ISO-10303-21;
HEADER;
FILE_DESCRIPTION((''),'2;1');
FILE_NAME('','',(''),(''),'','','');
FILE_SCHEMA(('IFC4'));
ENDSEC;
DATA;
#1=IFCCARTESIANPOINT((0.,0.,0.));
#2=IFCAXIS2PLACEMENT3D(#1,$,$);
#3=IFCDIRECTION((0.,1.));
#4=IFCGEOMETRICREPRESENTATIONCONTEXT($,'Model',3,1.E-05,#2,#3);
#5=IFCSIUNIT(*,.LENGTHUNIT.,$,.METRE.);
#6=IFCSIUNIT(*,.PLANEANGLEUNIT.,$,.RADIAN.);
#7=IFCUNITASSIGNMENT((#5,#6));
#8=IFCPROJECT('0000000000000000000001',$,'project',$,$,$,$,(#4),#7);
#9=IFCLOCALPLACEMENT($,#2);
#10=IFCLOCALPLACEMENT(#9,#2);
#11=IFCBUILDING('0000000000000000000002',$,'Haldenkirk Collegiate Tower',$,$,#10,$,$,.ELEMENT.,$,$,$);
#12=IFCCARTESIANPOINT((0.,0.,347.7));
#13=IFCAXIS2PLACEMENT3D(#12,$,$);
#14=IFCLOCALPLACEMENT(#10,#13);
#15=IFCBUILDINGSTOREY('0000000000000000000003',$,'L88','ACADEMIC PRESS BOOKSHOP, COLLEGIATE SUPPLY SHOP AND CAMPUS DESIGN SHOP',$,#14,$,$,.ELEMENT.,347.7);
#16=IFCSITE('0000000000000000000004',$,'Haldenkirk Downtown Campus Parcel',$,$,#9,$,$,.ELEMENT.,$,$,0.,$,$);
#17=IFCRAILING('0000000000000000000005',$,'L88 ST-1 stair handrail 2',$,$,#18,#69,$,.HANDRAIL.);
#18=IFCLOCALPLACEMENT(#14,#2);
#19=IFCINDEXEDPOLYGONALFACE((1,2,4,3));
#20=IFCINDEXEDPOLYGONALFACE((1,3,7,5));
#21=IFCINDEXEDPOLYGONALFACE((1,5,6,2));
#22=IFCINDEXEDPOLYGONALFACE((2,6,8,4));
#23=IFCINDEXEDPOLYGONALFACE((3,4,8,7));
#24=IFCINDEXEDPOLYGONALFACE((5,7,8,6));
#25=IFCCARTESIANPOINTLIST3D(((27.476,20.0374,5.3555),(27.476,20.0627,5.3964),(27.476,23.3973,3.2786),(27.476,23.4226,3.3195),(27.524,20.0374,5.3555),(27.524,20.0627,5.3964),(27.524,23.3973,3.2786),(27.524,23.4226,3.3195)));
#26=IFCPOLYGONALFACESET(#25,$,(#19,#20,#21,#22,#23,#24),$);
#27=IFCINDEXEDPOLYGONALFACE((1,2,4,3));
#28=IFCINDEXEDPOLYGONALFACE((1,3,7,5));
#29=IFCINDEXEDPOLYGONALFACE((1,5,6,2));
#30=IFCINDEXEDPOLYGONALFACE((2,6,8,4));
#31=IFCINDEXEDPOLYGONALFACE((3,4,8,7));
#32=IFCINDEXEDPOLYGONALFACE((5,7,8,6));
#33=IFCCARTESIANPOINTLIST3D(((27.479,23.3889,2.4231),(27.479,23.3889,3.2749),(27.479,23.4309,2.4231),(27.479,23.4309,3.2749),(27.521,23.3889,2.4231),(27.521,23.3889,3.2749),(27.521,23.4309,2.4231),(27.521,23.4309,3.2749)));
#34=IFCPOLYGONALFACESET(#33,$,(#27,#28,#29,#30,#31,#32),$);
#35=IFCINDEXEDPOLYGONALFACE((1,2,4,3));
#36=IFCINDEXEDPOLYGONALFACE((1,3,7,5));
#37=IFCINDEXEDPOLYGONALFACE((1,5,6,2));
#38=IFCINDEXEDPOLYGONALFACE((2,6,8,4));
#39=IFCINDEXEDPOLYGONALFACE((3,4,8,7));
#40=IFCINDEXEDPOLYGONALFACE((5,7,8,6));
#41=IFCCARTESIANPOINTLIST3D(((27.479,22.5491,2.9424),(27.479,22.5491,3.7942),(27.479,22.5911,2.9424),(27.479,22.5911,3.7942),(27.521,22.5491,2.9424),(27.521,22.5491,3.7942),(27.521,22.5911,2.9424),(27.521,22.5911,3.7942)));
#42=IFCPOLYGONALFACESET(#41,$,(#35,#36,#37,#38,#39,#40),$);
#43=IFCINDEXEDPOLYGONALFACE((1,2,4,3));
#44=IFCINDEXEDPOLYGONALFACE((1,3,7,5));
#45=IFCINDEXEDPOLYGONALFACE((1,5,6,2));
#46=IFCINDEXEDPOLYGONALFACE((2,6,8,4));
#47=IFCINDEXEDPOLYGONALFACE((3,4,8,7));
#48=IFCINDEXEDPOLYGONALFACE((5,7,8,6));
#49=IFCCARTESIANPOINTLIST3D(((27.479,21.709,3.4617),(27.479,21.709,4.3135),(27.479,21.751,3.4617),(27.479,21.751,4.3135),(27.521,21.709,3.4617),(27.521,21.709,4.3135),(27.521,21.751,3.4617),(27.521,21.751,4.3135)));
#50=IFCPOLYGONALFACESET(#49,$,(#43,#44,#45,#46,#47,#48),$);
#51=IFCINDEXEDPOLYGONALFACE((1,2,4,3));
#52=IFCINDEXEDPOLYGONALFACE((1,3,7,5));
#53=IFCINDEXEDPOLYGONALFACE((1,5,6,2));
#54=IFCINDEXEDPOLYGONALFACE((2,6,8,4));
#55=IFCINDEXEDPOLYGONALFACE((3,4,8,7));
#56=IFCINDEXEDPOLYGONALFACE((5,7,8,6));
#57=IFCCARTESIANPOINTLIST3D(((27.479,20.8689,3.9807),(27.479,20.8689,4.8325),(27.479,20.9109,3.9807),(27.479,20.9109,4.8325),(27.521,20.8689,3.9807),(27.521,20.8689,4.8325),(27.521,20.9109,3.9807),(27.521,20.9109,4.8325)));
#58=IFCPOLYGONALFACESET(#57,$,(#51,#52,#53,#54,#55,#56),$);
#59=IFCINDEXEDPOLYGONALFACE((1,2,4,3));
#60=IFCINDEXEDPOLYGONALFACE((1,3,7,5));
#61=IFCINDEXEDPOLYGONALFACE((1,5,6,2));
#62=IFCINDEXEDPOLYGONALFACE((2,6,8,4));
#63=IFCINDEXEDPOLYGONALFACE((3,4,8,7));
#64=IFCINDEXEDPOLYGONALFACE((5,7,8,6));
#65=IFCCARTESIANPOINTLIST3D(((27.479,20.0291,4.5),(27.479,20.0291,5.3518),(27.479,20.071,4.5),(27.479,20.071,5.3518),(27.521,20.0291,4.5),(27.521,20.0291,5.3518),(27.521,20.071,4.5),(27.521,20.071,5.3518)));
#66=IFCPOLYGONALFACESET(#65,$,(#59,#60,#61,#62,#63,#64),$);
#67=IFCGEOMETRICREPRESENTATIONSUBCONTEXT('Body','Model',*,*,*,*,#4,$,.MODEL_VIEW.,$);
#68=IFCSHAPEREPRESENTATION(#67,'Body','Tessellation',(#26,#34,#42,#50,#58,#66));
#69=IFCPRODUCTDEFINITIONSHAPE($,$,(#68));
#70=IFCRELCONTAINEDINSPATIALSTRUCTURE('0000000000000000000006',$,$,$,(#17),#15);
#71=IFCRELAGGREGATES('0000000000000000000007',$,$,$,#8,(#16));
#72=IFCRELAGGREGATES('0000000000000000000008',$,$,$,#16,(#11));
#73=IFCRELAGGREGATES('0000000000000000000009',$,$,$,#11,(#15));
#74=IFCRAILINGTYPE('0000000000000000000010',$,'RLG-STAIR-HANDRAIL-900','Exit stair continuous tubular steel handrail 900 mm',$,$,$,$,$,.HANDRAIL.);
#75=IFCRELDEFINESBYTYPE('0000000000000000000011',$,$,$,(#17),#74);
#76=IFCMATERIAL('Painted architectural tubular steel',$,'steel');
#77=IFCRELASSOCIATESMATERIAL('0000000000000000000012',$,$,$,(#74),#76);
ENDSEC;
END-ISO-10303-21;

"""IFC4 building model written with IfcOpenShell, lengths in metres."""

from ifc_helpers import new_model, si_unit, direction, frame, origin, origin_2d, place, context, subcontext, project, spatial, rectangle, extrude, material, type_object, element, save


model = new_model("IFC4")

# Units and contexts
model_context = context("Model", 3, precision=1e-05, world=origin(), true_north=direction((0.0, 1.0)))
body_context = subcontext(model_context, "Body", "Model", "MODEL_VIEW")
ifc_project = project(units=[si_unit("LENGTHUNIT", "METRE"), si_unit("PLANEANGLEUNIT", "RADIAN")], contexts=[model_context])

# Site, building, storey
site_placement = place(None, origin())
site = spatial("IfcSite", under=ifc_project, at=site_placement, Name="Haldenkirk Downtown Campus Parcel", CompositionType="ELEMENT", RefElevation=0.0)
building_placement = place(site_placement, origin())
building = spatial("IfcBuilding", under=site, at=building_placement, Name="Haldenkirk Collegiate Tower", CompositionType="ELEMENT")
storey_placement = place(building_placement, frame((0.0, 0.0, 347.7)))
storey = spatial("IfcBuildingStorey", under=building, at=storey_placement, Name="L88", Description="ACADEMIC PRESS BOOKSHOP, COLLEGIATE SUPPLY SHOP AND CAMPUS DESIGN SHOP", CompositionType="ELEMENT", Elevation=347.7)

# Railing
ifc_material_1 = material(Name="Painted architectural tubular steel", Category="steel")
railing_type_1 = type_object("IfcRailingType", Name="RLG-STAIR-HANDRAIL-900", Description="Exit stair continuous tubular steel handrail 900 mm", PredefinedType="HANDRAIL", material=ifc_material_1)
railing_1_placement = place(storey_placement, frame((27.5, 23.4099, 2.4231)))
element("IfcRailing", 1, at=railing_1_placement, inside=storey, type_object=railing_type_1, Name="L88 ST-1 stair handrail 2", PredefinedType="HANDRAIL", context=body_context, shape_type="SweptSolid", body=[
    extrude(rectangle(XDim=0.0481, YDim=0.0481, at=origin_2d()), frame((0.0, 0.0, 0.876), z_axis=(0.0, -0.850606, 0.525803), x_axis=(1.0, 0.0, 0.0)), (0.0, 0.0, 1.0), 3.95),
    extrude(rectangle(XDim=0.042, YDim=0.042, at=origin_2d()), origin(), (0.0, 0.0, 1.0), 0.8518),
    extrude(rectangle(XDim=0.042, YDim=0.042, at=origin_2d()), frame((0.0, -0.8398, 0.5193)), (0.0, 0.0, 1.0), 0.8518),
    extrude(rectangle(XDim=0.042, YDim=0.042, at=origin_2d()), frame((0.0, -1.6799, 1.0386)), (0.0, 0.0, 1.0), 0.8518),
    extrude(rectangle(XDim=0.042, YDim=0.042, at=origin_2d()), frame((0.0, -2.52, 1.5576)), (0.0, 0.0, 1.0), 0.8518),
    extrude(rectangle(XDim=0.042, YDim=0.042, at=origin_2d()), frame((0.0, -3.3599, 2.0769)), (0.0, 0.0, 1.0), 0.8518),
])

save(model, "model.ifc")
